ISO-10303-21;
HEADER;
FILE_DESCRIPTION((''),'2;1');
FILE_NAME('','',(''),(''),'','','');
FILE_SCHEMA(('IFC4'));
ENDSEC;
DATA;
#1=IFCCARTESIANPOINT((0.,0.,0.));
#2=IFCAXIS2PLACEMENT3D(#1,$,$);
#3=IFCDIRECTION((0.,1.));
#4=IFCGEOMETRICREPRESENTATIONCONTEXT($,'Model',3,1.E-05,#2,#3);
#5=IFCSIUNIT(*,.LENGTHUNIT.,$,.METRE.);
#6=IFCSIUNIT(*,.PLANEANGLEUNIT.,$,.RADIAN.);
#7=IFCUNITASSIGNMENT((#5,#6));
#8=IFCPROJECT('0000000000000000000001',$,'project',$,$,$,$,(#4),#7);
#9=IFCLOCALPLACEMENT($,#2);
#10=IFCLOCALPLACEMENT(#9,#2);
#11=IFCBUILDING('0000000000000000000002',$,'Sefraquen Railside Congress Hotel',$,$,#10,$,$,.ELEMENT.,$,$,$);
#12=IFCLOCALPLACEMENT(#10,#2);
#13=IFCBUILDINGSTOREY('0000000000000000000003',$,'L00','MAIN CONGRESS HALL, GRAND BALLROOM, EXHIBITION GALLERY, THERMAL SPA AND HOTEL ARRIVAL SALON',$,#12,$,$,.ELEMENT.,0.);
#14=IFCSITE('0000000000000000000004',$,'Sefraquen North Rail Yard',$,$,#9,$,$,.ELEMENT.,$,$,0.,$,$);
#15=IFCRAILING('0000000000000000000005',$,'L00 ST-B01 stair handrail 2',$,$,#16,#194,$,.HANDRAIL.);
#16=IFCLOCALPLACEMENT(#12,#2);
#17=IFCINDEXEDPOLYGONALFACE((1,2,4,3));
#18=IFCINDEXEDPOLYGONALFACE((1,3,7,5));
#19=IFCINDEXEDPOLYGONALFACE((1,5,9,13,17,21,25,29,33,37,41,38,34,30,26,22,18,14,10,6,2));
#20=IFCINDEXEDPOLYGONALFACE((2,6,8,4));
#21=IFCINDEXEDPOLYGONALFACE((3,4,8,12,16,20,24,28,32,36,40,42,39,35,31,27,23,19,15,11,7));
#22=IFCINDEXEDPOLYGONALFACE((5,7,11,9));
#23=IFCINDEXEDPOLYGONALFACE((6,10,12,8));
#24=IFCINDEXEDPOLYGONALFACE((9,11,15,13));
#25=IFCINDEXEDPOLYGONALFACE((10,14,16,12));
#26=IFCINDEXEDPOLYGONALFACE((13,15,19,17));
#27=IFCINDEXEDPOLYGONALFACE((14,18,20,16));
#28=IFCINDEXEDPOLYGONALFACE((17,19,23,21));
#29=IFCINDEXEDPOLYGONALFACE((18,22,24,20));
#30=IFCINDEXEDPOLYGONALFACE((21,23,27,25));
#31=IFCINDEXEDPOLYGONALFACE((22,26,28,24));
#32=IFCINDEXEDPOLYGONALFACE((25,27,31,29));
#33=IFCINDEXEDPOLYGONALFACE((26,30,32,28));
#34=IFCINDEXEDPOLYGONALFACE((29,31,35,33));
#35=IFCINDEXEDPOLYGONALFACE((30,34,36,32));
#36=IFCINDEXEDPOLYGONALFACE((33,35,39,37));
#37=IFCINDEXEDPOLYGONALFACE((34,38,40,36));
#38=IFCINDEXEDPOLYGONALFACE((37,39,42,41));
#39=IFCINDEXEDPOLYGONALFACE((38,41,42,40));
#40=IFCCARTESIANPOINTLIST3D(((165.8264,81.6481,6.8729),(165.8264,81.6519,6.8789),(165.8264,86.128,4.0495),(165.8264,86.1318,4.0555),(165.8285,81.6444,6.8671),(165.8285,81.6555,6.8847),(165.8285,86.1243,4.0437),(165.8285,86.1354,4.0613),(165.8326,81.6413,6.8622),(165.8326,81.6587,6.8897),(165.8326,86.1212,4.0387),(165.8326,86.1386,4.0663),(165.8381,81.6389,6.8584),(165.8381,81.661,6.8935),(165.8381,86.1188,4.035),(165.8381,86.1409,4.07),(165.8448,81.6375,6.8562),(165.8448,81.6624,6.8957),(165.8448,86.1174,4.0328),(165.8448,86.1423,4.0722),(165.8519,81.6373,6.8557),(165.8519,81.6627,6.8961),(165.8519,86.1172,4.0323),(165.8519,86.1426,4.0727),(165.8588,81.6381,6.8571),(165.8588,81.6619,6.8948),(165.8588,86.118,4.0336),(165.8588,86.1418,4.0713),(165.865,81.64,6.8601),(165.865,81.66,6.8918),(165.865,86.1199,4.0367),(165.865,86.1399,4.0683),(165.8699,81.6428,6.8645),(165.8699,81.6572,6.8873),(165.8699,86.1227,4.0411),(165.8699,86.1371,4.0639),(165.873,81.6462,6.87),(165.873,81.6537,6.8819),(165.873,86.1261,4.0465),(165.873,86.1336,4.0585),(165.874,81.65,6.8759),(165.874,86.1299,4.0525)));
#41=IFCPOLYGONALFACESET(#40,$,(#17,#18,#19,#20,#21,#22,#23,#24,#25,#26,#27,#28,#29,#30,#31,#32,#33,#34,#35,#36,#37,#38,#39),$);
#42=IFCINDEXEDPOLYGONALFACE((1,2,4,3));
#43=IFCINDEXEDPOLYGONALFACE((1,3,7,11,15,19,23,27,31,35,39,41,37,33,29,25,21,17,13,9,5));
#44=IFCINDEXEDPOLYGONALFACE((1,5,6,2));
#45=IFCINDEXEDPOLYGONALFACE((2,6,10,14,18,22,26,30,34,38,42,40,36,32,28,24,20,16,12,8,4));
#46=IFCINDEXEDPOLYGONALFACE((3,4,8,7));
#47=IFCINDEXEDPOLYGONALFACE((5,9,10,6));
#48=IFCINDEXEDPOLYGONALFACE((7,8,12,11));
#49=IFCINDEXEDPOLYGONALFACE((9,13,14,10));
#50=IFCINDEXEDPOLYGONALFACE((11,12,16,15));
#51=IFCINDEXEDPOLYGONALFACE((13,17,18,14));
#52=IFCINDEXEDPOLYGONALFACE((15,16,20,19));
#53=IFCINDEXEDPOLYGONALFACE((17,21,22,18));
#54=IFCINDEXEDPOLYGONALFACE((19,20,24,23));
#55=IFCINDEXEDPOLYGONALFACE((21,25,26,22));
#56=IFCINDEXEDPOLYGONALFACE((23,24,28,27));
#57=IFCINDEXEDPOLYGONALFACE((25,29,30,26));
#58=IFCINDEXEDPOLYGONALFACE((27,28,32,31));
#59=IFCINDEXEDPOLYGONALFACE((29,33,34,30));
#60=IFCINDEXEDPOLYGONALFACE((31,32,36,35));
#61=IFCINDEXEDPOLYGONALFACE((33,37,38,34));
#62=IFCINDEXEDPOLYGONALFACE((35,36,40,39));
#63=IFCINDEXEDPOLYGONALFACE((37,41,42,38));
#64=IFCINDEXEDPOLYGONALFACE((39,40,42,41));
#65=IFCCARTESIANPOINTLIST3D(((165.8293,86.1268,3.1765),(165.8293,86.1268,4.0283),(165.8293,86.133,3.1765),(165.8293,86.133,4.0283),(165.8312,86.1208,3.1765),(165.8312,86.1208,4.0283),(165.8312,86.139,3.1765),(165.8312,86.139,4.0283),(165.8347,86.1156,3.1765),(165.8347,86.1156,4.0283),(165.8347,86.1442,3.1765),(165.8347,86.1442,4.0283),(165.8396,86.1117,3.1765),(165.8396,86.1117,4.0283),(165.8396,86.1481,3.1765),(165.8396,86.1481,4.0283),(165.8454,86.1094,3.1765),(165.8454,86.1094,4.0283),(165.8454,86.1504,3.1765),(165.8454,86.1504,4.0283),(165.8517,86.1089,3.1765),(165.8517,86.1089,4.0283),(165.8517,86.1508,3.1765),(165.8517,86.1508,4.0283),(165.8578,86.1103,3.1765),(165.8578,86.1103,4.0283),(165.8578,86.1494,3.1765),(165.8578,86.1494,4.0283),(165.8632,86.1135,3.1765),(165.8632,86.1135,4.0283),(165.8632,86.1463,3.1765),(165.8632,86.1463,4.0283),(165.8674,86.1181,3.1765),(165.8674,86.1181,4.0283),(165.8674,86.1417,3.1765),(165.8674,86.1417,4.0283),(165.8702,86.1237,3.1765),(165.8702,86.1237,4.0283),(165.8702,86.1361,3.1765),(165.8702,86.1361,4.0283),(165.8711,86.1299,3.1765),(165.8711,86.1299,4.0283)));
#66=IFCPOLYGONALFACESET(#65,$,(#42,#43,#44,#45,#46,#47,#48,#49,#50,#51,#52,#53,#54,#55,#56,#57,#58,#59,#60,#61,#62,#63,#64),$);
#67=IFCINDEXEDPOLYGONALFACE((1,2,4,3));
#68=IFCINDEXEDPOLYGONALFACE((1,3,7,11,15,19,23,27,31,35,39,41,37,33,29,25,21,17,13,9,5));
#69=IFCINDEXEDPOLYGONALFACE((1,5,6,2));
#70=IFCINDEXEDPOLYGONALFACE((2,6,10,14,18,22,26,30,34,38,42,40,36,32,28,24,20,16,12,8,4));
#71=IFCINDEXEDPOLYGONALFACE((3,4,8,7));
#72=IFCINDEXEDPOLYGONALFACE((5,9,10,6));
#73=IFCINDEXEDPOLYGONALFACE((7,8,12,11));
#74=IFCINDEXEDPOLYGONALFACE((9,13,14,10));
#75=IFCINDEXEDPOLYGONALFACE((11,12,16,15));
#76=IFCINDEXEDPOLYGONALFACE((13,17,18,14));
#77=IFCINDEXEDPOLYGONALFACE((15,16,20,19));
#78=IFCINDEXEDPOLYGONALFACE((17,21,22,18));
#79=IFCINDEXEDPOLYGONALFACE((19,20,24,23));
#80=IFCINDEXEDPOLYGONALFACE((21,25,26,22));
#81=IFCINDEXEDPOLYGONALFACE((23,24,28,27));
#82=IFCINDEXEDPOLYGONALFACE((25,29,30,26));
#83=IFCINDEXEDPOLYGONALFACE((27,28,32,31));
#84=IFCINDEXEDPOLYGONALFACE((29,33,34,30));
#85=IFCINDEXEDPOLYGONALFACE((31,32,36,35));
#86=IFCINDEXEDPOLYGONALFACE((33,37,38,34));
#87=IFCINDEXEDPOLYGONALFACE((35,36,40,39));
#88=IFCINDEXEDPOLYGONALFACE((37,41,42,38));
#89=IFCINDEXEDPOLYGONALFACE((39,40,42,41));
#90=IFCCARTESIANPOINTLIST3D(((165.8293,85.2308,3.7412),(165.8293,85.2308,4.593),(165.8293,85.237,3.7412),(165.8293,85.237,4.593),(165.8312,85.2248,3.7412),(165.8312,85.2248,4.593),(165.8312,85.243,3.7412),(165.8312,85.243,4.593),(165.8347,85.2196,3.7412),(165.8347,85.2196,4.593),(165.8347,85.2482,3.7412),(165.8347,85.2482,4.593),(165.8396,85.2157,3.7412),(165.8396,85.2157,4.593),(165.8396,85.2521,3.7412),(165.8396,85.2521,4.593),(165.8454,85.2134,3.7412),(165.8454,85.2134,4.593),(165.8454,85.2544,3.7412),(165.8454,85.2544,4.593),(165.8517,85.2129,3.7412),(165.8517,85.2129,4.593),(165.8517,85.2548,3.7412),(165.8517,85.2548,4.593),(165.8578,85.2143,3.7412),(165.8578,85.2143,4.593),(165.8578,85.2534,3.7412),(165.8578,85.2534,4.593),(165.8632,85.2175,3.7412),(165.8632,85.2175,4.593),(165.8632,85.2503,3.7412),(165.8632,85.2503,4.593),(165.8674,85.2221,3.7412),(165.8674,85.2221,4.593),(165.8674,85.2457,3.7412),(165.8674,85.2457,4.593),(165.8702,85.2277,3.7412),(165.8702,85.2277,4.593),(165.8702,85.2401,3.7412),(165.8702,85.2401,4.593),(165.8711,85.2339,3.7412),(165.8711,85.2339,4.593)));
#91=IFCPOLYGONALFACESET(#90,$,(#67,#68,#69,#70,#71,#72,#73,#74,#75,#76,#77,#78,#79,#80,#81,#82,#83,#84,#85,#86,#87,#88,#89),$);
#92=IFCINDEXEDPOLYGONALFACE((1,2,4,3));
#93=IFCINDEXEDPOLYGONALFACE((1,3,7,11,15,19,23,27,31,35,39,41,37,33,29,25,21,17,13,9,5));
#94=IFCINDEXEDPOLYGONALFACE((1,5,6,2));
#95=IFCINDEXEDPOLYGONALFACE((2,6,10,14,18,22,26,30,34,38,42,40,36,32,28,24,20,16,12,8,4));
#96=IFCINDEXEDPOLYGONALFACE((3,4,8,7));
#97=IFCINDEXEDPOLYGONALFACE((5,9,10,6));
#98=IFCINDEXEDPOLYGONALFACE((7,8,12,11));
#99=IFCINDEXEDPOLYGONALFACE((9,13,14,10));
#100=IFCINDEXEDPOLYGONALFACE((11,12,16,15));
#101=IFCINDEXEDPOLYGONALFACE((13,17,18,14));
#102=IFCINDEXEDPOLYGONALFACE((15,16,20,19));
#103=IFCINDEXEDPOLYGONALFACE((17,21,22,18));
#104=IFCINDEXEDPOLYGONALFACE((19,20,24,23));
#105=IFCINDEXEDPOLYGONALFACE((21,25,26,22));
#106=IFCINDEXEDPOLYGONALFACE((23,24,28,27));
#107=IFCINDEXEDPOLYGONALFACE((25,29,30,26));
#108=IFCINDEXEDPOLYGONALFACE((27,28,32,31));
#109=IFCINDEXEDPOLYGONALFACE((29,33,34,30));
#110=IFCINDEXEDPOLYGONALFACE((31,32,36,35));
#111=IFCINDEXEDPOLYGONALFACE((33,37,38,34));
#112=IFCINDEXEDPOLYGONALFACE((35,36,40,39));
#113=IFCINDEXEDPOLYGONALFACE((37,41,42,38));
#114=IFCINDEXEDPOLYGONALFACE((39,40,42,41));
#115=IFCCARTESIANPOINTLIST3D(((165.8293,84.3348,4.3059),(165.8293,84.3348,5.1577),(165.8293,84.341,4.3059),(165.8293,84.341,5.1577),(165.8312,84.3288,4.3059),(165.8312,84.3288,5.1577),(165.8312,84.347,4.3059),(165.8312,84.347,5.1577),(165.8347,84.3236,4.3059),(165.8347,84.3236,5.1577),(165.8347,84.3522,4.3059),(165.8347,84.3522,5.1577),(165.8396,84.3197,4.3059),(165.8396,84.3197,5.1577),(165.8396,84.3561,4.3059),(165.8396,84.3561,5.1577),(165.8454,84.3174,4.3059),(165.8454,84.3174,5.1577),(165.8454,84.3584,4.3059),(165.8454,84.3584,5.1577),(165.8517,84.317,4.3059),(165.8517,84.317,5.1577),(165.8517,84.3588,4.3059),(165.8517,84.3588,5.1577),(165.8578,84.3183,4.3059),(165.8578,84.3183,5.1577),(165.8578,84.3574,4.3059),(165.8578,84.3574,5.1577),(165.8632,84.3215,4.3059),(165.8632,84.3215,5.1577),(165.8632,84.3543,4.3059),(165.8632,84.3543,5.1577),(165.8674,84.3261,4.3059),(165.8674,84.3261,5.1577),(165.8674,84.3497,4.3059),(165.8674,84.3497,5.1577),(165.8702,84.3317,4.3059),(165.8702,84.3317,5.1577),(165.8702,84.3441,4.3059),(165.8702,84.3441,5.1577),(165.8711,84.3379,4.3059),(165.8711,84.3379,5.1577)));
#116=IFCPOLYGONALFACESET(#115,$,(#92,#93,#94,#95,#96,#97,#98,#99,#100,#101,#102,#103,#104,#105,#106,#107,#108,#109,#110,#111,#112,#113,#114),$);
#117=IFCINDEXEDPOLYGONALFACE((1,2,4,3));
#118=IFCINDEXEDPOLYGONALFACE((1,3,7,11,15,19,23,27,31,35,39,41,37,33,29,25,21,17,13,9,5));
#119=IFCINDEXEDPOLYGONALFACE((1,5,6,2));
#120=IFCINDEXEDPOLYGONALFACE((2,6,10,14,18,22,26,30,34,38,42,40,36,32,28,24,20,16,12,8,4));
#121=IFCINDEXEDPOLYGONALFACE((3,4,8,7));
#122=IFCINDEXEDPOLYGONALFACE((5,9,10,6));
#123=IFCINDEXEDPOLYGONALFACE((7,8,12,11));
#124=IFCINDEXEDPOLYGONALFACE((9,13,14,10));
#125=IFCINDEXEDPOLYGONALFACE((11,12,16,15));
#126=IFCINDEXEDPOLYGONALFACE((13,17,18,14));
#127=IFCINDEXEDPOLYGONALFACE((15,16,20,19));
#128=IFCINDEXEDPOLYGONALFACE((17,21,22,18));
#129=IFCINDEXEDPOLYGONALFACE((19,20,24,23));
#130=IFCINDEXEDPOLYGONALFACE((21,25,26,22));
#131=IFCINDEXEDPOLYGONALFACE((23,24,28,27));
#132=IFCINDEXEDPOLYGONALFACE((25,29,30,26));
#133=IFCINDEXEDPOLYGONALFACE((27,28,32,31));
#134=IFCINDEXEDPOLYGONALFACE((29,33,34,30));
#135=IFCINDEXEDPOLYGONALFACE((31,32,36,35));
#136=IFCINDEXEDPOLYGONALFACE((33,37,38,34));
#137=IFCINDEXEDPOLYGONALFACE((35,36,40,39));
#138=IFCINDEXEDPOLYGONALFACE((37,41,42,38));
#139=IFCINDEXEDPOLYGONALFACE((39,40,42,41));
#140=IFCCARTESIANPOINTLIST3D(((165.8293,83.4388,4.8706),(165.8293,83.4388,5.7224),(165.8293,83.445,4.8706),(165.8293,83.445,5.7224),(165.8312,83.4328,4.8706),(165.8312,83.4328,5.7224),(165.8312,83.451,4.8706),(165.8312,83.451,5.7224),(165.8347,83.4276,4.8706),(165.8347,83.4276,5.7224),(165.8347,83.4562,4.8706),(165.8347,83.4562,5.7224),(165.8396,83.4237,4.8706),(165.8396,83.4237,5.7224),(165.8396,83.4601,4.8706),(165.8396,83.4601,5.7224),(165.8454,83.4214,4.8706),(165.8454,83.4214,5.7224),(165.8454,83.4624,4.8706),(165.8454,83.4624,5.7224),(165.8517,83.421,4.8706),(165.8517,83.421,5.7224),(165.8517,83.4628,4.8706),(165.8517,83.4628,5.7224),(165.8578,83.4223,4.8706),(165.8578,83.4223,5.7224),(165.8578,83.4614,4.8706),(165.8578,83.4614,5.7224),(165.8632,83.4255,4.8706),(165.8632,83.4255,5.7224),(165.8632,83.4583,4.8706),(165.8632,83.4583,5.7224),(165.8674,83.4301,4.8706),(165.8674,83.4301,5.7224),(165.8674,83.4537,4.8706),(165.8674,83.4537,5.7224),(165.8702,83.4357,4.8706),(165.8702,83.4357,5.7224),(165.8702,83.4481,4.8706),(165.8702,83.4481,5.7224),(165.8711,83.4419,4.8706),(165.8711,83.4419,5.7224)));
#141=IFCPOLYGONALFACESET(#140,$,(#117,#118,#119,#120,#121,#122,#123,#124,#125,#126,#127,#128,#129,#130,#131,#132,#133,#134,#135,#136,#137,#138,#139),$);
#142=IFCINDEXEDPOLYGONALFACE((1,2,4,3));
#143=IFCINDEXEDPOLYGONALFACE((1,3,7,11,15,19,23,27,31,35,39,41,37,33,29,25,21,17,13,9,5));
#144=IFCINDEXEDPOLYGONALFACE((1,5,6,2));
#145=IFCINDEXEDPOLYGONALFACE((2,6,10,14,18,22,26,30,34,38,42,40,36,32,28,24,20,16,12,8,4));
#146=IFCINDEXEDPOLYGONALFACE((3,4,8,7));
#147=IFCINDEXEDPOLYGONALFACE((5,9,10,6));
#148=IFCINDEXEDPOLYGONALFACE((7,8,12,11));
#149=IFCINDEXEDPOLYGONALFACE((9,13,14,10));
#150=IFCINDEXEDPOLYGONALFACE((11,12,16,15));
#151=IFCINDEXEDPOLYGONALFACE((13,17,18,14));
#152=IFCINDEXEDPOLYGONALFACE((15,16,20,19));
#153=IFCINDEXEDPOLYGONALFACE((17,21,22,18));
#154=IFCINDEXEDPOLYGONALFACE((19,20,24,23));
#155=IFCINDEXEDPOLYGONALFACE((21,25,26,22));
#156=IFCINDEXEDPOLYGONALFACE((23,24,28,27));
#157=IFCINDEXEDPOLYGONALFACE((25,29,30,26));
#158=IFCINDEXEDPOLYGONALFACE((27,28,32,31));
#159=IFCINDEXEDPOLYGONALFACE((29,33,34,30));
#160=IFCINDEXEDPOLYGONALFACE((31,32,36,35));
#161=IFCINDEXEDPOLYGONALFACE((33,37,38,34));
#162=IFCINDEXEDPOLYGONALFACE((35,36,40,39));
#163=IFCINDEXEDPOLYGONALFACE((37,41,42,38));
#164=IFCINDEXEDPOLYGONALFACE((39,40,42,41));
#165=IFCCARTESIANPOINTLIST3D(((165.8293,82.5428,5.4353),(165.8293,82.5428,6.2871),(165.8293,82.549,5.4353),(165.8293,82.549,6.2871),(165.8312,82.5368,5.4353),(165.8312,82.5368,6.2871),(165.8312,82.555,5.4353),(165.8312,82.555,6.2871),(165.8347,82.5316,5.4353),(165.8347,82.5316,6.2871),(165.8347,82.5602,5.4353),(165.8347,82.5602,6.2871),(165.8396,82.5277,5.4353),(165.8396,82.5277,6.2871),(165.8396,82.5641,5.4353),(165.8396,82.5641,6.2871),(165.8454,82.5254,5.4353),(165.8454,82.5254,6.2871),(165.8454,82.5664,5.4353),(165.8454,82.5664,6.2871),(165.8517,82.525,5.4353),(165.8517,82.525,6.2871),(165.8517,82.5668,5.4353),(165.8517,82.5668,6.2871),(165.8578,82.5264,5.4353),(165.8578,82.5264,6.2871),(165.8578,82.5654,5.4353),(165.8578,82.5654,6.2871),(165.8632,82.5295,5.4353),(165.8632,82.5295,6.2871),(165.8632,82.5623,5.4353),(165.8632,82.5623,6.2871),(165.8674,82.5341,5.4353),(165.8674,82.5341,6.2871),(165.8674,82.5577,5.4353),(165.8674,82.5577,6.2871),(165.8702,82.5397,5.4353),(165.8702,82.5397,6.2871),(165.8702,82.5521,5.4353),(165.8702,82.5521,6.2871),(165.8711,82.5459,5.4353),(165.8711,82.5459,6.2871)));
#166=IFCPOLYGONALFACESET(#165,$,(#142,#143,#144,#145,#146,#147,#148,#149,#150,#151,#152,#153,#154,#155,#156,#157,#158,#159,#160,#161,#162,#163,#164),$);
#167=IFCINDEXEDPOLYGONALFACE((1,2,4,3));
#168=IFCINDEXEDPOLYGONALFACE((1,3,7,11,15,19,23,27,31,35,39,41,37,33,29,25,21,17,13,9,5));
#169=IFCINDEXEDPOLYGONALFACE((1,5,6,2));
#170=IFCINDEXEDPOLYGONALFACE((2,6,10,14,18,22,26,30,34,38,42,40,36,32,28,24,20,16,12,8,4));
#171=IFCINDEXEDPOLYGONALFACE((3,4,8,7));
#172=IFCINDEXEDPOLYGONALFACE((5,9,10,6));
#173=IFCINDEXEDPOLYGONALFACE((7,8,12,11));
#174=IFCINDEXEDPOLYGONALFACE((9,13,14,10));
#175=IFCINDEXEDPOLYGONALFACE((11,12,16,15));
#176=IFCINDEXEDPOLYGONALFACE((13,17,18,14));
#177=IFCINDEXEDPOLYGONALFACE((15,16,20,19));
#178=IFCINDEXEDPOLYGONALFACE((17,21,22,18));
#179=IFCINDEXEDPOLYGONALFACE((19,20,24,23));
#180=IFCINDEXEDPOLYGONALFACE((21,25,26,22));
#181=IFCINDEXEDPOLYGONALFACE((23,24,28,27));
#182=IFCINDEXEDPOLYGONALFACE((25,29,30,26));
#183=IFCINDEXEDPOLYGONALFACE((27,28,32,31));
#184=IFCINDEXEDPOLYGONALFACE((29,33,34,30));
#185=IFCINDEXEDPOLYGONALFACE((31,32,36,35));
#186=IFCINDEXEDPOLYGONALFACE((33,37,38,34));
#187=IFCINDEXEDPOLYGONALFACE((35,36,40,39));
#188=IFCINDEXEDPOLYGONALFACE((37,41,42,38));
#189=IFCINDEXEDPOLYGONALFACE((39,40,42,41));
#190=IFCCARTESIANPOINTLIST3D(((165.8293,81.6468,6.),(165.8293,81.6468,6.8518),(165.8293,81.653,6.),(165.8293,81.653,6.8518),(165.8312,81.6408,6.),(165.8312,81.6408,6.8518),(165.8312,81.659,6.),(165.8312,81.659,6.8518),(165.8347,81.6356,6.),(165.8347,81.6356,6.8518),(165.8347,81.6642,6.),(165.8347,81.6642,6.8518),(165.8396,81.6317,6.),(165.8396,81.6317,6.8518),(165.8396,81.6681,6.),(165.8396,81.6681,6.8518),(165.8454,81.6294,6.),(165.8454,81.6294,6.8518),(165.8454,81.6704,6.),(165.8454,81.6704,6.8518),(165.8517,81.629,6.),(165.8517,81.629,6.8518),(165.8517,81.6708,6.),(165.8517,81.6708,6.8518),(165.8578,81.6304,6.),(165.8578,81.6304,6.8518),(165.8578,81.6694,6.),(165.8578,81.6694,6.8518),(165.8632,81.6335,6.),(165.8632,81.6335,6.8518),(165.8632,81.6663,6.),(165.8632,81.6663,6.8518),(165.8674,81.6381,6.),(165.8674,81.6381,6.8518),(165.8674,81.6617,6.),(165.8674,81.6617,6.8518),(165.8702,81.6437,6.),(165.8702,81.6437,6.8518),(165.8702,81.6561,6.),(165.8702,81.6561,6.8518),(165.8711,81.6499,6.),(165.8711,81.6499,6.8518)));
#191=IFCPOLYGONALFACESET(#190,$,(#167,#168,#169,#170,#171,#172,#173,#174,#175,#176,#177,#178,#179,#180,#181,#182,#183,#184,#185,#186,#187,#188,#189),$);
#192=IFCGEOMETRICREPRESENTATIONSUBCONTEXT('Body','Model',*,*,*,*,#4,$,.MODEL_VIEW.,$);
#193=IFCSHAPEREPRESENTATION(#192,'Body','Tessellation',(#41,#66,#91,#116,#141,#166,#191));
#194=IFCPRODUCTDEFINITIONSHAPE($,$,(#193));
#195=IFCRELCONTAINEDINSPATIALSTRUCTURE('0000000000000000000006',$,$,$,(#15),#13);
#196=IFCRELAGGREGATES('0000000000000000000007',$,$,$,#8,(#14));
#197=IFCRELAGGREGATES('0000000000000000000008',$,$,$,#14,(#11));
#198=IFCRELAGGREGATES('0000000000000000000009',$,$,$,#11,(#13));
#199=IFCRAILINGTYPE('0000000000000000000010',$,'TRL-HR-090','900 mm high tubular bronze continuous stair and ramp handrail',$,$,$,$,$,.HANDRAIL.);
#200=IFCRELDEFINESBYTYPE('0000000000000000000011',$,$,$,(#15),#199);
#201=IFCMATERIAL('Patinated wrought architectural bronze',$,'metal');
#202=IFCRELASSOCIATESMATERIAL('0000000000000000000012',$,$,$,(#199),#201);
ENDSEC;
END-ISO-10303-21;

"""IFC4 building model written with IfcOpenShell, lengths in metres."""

from ifc_helpers import new_model, si_unit, direction, frame, origin, origin_2d, place, context, subcontext, project, spatial, circle, extrude, material, type_object, element, save


model = new_model("IFC4")

# Units and contexts
model_context = context("Model", 3, precision=1e-05, world=origin(), true_north=direction((0.0, 1.0)))
body_context = subcontext(model_context, "Body", "Model", "MODEL_VIEW")
ifc_project = project(units=[si_unit("LENGTHUNIT", "METRE"), si_unit("PLANEANGLEUNIT", "RADIAN")], contexts=[model_context])

# Site, building, storey
site_placement = place(None, origin())
site = spatial("IfcSite", under=ifc_project, at=site_placement, Name="Sefraquen North Rail Yard", CompositionType="ELEMENT", RefElevation=0.0)
building_placement = place(site_placement, origin())
building = spatial("IfcBuilding", under=site, at=building_placement, Name="Sefraquen Railside Congress Hotel", CompositionType="ELEMENT")
storey_placement = place(building_placement, origin())
storey = spatial("IfcBuildingStorey", under=building, at=storey_placement, Name="L00", Description="MAIN CONGRESS HALL, GRAND BALLROOM, EXHIBITION GALLERY, THERMAL SPA AND HOTEL ARRIVAL SALON", CompositionType="ELEMENT", Elevation=0.0)

# Railing
ifc_material_1 = material(Name="Patinated wrought architectural bronze", Category="metal")
railing_type_1 = type_object("IfcRailingType", Name="TRL-HR-090", Description="900 mm high tubular bronze continuous stair and ramp handrail", PredefinedType="HANDRAIL", material=ifc_material_1)
railing_1_placement = place(storey_placement, frame((165.8501, 86.1299, 3.1765)))
element("IfcRailing", 1, at=railing_1_placement, inside=storey, type_object=railing_type_1, Name="L00 ST-B01 stair handrail 2", PredefinedType="HANDRAIL", context=body_context, shape_type="SweptSolid", body=[
    extrude(circle(Radius=0.0239, at=origin_2d()), frame((0.0, 0.0, 0.876), z_axis=(0.0, -0.845998, 0.533186), x_axis=(1.0, 0.0, 0.0)), (0.0, 0.0, 1.0), 5.2954),
    extrude(circle(Radius=0.021, at=origin_2d()), origin(), (0.0, 0.0, 1.0), 0.8518),
    extrude(circle(Radius=0.021, at=origin_2d()), frame((0.0, -0.896, 0.5647)), (0.0, 0.0, 1.0), 0.8518),
    extrude(circle(Radius=0.021, at=origin_2d()), frame((0.0, -1.792, 1.1294)), (0.0, 0.0, 1.0), 0.8518),
    extrude(circle(Radius=0.021, at=origin_2d()), frame((0.0, -2.688, 1.6941)), (0.0, 0.0, 1.0), 0.8518),
    extrude(circle(Radius=0.021, at=origin_2d()), frame((0.0, -3.584, 2.2588)), (0.0, 0.0, 1.0), 0.8518),
    extrude(circle(Radius=0.021, at=origin_2d()), frame((0.0, -4.48, 2.8235)), (0.0, 0.0, 1.0), 0.8518),
])

save(model, "model.ifc")
